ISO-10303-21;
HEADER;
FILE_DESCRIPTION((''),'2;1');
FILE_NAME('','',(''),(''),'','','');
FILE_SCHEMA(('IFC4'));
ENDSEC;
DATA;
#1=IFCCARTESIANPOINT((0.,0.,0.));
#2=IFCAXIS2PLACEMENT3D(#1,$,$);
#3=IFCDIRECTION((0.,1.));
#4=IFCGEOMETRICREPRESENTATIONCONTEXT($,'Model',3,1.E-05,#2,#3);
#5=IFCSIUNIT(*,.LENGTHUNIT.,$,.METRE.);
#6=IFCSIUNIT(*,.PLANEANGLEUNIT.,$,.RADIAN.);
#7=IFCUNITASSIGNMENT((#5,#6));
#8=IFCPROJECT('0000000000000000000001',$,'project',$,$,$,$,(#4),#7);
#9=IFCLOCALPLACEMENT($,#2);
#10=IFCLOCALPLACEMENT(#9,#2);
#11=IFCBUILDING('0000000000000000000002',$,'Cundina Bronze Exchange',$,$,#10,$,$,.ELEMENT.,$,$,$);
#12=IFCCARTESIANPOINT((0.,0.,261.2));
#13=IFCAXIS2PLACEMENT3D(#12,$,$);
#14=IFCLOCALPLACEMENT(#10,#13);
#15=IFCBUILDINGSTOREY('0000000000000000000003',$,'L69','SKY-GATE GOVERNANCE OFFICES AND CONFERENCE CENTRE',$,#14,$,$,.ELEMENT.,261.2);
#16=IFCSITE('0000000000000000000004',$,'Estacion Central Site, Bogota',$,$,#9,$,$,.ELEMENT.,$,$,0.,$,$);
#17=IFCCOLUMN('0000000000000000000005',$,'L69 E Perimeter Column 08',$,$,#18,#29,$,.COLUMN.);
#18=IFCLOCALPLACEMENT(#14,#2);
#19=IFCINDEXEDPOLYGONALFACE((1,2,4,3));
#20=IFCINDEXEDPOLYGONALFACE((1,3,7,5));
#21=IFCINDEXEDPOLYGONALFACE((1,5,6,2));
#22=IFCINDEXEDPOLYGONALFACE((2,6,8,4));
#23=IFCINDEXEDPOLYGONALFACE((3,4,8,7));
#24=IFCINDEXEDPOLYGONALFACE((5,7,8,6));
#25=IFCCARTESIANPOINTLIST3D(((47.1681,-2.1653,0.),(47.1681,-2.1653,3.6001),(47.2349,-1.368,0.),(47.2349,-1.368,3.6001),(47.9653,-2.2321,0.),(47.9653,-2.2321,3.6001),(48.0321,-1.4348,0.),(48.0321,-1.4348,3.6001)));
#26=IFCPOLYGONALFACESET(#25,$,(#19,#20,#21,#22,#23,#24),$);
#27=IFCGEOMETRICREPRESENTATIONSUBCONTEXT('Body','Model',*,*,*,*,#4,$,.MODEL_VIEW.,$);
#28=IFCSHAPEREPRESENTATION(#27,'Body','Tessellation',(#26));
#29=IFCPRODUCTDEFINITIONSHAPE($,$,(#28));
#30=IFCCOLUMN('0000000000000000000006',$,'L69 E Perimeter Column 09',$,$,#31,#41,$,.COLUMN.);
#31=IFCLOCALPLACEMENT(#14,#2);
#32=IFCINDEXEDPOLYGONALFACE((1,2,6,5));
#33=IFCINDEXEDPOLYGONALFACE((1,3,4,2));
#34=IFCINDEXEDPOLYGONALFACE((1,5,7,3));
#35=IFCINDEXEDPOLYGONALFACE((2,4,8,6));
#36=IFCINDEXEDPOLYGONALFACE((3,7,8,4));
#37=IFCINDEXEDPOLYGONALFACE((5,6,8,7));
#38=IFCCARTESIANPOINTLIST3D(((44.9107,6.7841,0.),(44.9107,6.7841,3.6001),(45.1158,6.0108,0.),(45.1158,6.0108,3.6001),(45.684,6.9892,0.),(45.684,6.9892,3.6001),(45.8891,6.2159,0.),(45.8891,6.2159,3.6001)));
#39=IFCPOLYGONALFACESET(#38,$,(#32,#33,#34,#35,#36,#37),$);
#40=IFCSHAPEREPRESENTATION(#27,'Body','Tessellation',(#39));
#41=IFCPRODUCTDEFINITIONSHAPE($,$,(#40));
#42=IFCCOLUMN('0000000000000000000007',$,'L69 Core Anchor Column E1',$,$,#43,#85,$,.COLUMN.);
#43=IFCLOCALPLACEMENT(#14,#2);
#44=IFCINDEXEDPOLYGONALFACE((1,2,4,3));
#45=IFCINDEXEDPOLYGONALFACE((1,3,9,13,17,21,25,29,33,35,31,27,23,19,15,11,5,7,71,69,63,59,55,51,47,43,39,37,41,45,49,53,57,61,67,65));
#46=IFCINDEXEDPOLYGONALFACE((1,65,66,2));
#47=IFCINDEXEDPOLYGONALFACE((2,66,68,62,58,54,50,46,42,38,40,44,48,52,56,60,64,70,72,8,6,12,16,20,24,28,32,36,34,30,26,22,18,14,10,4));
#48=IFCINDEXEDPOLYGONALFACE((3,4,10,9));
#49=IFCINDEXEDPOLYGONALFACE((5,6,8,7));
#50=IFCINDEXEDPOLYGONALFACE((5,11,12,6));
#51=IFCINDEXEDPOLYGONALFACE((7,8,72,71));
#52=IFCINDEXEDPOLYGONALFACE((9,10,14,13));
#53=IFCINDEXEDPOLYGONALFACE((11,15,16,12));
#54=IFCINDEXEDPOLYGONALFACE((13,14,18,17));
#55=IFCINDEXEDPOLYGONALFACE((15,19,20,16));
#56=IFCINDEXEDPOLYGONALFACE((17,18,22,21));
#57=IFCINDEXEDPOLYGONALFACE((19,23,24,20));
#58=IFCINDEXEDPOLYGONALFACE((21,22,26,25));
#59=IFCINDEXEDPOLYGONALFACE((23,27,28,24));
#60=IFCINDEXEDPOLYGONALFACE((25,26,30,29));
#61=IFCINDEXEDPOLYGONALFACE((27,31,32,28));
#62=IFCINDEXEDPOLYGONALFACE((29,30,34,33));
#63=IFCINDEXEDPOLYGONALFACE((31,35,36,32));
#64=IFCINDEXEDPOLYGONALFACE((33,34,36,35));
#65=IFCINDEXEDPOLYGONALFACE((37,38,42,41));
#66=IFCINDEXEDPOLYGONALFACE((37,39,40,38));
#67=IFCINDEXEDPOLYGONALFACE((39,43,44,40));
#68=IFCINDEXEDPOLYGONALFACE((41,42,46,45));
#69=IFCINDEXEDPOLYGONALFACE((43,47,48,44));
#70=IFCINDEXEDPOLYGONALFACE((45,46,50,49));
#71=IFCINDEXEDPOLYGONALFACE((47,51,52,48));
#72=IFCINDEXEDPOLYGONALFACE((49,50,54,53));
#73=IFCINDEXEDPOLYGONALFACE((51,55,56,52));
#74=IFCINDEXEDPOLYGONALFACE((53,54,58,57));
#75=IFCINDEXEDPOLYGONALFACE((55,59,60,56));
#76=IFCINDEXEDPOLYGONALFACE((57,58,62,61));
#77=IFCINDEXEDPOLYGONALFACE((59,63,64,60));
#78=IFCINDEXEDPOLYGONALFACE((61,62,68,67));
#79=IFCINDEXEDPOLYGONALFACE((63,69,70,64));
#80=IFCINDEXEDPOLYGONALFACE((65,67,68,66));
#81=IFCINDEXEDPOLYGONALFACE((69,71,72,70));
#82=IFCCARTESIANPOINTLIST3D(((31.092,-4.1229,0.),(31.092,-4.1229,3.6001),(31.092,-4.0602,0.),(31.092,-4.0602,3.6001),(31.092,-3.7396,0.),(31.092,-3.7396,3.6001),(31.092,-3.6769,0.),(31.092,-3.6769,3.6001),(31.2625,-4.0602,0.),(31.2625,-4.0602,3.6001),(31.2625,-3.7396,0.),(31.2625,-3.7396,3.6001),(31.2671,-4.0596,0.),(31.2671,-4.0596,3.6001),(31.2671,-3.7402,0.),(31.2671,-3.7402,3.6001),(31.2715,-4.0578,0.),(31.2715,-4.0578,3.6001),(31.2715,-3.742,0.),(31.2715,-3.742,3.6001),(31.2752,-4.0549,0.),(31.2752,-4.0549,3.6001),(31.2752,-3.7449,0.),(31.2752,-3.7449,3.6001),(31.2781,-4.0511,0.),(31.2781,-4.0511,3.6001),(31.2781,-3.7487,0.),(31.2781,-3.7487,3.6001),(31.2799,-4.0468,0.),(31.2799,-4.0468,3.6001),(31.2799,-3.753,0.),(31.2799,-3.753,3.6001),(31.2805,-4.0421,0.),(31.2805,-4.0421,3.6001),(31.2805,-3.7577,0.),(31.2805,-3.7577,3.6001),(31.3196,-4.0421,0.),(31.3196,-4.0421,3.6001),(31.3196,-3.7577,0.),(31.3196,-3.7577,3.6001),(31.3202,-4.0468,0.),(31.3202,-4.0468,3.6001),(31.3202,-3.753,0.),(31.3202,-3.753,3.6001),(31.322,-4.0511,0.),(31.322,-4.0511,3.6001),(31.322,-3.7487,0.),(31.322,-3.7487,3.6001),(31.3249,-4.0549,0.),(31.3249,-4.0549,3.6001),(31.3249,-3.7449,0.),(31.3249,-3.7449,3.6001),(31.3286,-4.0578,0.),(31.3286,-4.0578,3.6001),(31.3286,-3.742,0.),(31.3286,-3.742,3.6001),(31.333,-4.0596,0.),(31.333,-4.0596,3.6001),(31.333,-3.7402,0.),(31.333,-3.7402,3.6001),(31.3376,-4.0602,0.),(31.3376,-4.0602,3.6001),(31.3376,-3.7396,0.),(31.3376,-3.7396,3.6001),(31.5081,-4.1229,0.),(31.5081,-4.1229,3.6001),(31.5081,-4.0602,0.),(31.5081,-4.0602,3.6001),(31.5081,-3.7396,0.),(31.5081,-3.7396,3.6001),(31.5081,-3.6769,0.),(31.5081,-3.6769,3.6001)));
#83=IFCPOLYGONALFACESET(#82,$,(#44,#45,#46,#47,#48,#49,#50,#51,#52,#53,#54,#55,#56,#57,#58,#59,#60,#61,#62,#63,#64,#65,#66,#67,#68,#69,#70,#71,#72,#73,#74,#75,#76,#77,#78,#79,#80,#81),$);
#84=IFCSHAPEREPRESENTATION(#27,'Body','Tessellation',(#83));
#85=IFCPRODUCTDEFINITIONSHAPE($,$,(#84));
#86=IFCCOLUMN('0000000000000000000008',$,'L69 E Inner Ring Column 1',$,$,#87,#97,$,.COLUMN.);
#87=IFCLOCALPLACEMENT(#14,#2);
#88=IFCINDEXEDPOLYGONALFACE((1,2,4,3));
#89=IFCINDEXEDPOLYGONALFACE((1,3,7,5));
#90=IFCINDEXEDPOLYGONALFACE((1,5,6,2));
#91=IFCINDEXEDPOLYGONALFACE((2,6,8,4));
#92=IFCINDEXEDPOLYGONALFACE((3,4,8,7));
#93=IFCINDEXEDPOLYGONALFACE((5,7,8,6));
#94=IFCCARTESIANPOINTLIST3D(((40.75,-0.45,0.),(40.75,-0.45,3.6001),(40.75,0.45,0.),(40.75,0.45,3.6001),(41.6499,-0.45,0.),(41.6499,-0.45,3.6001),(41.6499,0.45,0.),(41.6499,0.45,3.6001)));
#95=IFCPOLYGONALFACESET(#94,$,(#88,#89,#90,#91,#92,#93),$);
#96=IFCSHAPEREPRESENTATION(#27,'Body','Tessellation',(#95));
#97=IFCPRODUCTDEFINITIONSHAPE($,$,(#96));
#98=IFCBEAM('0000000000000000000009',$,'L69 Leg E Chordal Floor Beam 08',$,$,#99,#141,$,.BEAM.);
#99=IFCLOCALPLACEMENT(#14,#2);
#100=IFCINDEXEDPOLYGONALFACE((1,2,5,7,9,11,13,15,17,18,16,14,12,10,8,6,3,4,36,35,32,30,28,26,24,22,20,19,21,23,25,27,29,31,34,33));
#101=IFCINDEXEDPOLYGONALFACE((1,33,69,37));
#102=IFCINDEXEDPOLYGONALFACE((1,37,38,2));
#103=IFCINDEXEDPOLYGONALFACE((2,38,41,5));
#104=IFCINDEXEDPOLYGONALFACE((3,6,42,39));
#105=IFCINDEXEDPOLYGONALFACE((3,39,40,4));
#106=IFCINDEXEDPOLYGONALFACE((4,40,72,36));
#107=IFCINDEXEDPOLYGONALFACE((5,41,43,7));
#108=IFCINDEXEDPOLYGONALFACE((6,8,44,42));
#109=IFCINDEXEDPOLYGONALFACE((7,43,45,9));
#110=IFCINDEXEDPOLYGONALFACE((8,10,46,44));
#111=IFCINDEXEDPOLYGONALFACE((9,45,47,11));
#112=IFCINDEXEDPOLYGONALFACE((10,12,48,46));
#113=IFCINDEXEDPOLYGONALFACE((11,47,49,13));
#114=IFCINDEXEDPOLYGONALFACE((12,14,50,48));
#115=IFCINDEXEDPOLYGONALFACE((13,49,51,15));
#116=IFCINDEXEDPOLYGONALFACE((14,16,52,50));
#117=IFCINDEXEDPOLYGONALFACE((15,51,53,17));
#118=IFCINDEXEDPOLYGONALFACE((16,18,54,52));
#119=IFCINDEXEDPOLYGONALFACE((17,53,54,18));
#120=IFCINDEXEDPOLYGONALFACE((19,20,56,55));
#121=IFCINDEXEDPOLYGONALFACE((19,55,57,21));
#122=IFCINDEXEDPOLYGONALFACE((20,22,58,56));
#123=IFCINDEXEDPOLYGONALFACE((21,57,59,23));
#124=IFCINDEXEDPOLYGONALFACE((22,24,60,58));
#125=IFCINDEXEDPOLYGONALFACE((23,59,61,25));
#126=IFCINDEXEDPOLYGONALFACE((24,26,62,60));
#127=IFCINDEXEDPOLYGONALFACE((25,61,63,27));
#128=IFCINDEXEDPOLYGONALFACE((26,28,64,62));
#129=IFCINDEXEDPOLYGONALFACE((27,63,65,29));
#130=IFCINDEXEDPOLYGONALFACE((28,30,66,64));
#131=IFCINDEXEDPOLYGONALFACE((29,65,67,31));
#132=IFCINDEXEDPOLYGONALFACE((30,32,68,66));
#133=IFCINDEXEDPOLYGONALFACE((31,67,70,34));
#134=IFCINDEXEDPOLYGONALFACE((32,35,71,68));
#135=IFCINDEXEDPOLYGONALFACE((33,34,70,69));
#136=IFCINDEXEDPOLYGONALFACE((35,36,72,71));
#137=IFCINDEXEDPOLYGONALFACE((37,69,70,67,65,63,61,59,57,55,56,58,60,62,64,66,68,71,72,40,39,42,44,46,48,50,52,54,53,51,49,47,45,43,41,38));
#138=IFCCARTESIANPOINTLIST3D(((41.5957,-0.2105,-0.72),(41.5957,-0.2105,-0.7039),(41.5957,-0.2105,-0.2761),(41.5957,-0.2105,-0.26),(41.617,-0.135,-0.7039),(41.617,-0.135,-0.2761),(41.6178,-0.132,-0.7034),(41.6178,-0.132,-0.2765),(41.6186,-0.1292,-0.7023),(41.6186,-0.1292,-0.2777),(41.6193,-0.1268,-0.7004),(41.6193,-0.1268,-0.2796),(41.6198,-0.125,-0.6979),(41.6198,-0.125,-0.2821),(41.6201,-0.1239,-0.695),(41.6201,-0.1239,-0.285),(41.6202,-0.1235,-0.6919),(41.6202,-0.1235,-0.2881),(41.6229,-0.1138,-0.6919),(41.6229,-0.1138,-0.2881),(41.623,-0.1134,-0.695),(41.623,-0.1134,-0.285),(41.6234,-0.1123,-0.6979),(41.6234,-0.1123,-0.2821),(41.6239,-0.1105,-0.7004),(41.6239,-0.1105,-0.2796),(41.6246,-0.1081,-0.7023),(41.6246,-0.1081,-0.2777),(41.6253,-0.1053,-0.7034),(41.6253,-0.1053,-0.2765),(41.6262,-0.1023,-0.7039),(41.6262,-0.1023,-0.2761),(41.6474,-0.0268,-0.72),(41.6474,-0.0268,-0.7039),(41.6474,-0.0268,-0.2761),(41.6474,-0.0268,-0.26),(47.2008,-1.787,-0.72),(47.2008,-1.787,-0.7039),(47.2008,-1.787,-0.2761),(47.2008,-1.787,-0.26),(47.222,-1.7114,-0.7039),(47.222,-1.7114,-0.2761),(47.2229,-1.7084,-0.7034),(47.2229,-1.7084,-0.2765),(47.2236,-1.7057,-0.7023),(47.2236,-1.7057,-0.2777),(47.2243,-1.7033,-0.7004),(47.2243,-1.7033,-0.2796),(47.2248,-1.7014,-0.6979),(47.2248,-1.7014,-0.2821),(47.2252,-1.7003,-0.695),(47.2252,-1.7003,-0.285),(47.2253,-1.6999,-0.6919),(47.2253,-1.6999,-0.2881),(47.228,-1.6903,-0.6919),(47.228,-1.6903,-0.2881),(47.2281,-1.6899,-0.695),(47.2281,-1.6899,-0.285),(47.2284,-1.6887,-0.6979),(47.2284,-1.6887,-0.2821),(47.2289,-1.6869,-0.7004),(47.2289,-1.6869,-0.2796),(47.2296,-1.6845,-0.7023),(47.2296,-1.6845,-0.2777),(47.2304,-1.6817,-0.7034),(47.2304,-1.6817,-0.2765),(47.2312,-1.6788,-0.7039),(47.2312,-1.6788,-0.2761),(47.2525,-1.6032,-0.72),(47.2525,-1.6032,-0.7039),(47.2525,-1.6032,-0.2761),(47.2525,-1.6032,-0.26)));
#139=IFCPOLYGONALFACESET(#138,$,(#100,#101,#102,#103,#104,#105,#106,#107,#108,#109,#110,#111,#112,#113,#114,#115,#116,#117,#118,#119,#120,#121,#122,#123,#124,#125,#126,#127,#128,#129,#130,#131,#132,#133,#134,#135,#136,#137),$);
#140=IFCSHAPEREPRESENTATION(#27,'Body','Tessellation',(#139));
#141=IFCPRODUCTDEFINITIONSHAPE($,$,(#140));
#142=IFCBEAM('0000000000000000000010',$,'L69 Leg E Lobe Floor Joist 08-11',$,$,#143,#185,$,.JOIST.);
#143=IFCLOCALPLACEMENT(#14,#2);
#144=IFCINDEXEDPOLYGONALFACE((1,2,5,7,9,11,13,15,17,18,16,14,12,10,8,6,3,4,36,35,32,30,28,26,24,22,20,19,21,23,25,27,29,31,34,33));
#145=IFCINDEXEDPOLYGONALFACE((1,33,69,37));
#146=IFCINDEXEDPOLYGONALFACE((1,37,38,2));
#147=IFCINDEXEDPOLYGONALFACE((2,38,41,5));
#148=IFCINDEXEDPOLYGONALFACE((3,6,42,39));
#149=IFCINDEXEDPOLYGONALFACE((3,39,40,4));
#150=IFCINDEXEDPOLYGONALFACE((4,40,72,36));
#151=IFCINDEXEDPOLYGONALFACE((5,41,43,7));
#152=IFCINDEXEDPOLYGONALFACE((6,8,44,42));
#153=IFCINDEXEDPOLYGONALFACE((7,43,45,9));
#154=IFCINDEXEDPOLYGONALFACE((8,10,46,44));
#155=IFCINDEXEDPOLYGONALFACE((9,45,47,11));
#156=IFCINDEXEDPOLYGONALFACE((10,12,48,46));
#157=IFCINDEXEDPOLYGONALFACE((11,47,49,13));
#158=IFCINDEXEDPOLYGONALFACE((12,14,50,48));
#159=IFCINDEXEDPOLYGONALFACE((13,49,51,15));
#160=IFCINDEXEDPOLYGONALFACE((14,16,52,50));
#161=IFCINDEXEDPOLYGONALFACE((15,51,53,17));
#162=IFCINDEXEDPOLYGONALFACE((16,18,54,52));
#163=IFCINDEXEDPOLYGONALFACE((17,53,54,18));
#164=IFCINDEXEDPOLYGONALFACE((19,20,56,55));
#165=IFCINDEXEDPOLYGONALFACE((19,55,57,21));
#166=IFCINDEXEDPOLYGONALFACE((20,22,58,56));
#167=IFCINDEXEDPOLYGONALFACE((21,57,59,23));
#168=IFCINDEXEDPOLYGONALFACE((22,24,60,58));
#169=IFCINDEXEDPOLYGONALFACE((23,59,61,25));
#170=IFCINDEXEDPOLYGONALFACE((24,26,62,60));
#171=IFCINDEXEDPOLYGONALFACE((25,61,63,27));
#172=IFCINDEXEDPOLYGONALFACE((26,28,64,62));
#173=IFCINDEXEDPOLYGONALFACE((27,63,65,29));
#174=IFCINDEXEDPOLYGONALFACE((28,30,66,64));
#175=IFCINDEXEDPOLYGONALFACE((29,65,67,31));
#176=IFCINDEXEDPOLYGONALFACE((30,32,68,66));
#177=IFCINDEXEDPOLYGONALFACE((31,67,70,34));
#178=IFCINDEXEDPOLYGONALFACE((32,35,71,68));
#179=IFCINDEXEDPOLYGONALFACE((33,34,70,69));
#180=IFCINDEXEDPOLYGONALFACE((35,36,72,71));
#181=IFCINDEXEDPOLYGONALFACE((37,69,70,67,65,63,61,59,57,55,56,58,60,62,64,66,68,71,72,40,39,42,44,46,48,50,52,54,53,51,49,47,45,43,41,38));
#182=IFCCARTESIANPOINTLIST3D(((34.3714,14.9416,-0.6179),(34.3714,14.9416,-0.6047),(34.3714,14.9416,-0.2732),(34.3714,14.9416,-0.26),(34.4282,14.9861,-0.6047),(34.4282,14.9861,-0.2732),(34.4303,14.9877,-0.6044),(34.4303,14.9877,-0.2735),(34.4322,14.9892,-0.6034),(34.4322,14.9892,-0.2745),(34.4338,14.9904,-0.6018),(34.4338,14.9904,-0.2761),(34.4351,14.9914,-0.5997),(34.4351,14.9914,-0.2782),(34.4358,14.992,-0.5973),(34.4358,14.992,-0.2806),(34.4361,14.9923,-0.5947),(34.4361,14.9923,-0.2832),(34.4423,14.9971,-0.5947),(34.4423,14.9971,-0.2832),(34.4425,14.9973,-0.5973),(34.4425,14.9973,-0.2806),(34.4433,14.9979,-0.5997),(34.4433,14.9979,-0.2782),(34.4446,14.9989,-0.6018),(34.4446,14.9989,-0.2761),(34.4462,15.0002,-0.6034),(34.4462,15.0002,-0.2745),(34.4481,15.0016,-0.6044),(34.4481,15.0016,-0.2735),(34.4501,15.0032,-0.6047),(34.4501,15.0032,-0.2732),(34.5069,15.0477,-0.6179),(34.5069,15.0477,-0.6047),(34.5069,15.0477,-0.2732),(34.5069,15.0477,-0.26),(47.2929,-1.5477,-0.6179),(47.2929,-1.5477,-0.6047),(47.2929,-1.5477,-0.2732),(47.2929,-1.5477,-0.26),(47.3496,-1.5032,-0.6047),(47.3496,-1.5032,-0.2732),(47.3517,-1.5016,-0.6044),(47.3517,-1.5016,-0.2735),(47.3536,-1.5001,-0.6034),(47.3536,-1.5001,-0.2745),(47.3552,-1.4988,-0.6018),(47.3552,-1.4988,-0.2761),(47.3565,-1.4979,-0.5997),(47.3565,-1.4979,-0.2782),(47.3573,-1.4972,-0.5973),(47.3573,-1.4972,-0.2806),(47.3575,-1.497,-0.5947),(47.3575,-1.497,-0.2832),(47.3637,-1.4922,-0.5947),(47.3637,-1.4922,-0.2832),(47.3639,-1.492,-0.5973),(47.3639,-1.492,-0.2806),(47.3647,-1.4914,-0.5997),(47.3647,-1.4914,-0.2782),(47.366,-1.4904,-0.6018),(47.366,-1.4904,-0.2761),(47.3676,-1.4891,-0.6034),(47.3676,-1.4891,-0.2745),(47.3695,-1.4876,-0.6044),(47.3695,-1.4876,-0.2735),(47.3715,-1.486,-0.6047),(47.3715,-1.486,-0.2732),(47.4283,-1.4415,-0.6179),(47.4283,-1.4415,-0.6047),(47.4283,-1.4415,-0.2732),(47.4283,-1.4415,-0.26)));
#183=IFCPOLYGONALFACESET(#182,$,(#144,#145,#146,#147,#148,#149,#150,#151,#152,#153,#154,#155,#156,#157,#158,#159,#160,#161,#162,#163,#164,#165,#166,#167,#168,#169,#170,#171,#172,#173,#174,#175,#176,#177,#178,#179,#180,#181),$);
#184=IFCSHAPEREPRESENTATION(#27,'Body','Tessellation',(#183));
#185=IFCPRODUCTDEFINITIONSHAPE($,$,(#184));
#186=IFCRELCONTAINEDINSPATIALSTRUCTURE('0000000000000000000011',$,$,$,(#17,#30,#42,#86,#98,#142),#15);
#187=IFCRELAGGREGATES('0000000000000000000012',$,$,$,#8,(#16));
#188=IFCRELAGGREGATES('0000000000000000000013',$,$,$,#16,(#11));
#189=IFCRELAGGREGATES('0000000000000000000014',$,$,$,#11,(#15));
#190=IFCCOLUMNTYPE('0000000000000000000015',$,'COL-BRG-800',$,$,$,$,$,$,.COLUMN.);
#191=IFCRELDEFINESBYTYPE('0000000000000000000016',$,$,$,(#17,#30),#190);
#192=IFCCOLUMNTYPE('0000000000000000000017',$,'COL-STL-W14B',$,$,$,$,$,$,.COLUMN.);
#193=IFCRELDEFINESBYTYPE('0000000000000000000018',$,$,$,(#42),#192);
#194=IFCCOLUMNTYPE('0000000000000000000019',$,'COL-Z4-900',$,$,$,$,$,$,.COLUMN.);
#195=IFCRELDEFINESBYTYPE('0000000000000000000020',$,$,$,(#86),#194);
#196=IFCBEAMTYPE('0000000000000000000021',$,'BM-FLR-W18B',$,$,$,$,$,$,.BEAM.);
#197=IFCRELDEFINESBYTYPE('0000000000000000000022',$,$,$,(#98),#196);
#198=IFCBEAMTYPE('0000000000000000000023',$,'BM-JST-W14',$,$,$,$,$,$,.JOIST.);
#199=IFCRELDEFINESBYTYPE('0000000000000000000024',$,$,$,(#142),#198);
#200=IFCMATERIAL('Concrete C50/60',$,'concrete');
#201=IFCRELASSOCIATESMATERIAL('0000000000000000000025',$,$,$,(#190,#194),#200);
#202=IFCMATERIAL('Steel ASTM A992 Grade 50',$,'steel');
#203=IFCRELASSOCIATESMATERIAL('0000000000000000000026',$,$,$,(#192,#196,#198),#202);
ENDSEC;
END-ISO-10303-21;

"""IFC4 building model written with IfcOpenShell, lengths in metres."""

from ifc_helpers import new_model, si_unit, direction, frame, origin, origin_2d, place, context, subcontext, project, spatial, rectangle, i_section, extrude, material, material_profile, profile_set, type_object, element, save


model = new_model("IFC4")

# Units and contexts
model_context = context("Model", 3, precision=1e-05, world=origin(), true_north=direction((0.0, 1.0)))
body_context = subcontext(model_context, "Body", "Model", "MODEL_VIEW")
ifc_project = project(units=[si_unit("LENGTHUNIT", "METRE"), si_unit("PLANEANGLEUNIT", "RADIAN")], contexts=[model_context])

# Site, building, storey
site_placement = place(None, origin())
site = spatial("IfcSite", under=ifc_project, at=site_placement, Name="Estacion Central Site, Bogota", CompositionType="ELEMENT", RefElevation=0.0)
building_placement = place(site_placement, origin())
building = spatial("IfcBuilding", under=site, at=building_placement, Name="Cundina Bronze Exchange", CompositionType="ELEMENT")
storey_placement = place(building_placement, frame((0.0, 0.0, 261.2)))
storey = spatial("IfcBuildingStorey", under=building, at=storey_placement, Name="L69", Description="SKY-GATE GOVERNANCE OFFICES AND CONFERENCE CENTRE", CompositionType="ELEMENT", Elevation=261.2)

# Columns
ifc_material_1 = material(Name="Concrete C50/60", Category="concrete")
ifc_material_profile_1 = material_profile(ifc_material_1, rectangle(XDim=0.8, YDim=0.8, at=origin_2d()), Name="RC800X800", Category="concrete")
ifc_profile_set_1 = profile_set([ifc_material_profile_1], Name="Concrete C50/60")
column_type_1 = type_object("IfcColumnType", Name="COL-BRG-800", PredefinedType="COLUMN", material=ifc_profile_set_1)
for number, where, z_axis, x_axis, name in (
    (1, (47.6001, -1.8, 0.0), (0.0, 0.0, 1.0), (0.083504, 0.996507, 0.0), "L69 E Perimeter Column 08"),
    (2, (45.3999, 6.5, 0.0), (0.0, 0.0, 1.0), (-0.256289, 0.9666, 0.0), "L69 E Perimeter Column 09"),
):
    element("IfcColumn", number, at=place(storey_placement, frame(where, z_axis=z_axis, x_axis=x_axis)), inside=storey, type_object=column_type_1, Name=name, PredefinedType="COLUMN", context=body_context, shape_type="SweptSolid", body=[
        extrude(rectangle(XDim=0.8, YDim=0.8, at=origin_2d()), origin(), (0.0, 0.0, 1.0), 3.6001),
    ])
ifc_material_2 = material(Name="Steel ASTM A992 Grade 50", Category="steel")
ifc_material_profile_2 = material_profile(ifc_material_2, i_section(OverallWidth=0.416, OverallDepth=0.446, WebThickness=0.0391, FlangeThickness=0.0627, FilletRadius=0.0181, at=origin_2d()), Name="W14X342", Category="steel")
ifc_profile_set_2 = profile_set([ifc_material_profile_2], Name="Steel ASTM A992 Grade 50")
column_type_2 = type_object("IfcColumnType", Name="COL-STL-W14B", PredefinedType="COLUMN", material=ifc_profile_set_2)
column_1_placement = place(storey_placement, frame((31.3, -3.8999, 0.0), z_axis=(0.0, 0.0, 1.0), x_axis=(1.0, 0.0, 0.0)))
element("IfcColumn", 3, at=column_1_placement, inside=storey, type_object=column_type_2, Name="L69 Core Anchor Column E1", PredefinedType="COLUMN", context=body_context, shape_type="SweptSolid", body=[
    extrude(i_section(OverallWidth=0.416, OverallDepth=0.446, WebThickness=0.0391, FlangeThickness=0.0627, FilletRadius=0.0181, at=origin_2d()), origin(), (0.0, 0.0, 1.0), 3.6001),
])
ifc_material_profile_3 = material_profile(ifc_material_1, rectangle(XDim=0.8999, YDim=0.8999, at=origin_2d()), Name="RC900X900", Category="concrete")
ifc_profile_set_3 = profile_set([ifc_material_profile_3], Name="Concrete C50/60")
column_type_3 = type_object("IfcColumnType", Name="COL-Z4-900", PredefinedType="COLUMN", material=ifc_profile_set_3)
column_2_placement = place(storey_placement, frame((41.2, 0.0, 0.0), z_axis=(0.0, 0.0, 1.0), x_axis=(1.0, 0.0, 0.0)))
element("IfcColumn", 4, at=column_2_placement, inside=storey, type_object=column_type_3, Name="L69 E Inner Ring Column 1", PredefinedType="COLUMN", context=body_context, shape_type="SweptSolid", body=[
    extrude(rectangle(XDim=0.8999, YDim=0.8999, at=origin_2d()), origin(), (0.0, 0.0, 1.0), 3.6001),
])

# Beams
ifc_material_profile_4 = material_profile(ifc_material_2, i_section(OverallWidth=0.1909, OverallDepth=0.46, WebThickness=0.01, FlangeThickness=0.0161, FilletRadius=0.012, at=origin_2d()), Name="W18X55", Category="steel")
ifc_profile_set_4 = profile_set([ifc_material_profile_4], Name="Steel ASTM A992 Grade 50")
beam_type_1 = type_object("IfcBeamType", Name="BM-FLR-W18B", PredefinedType="BEAM", material=ifc_profile_set_4)
beam_1_placement = place(storey_placement, frame((41.6216, -0.1187, -0.49), z_axis=(0.96265, -0.270748, 0.0), x_axis=(0.270748, 0.96265, 0.0)))
element("IfcBeam", 5, at=beam_1_placement, inside=storey, type_object=beam_type_1, Name="L69 Leg E Chordal Floor Beam 08", PredefinedType="BEAM", context=body_context, shape_type="SweptSolid", body=[
    extrude(i_section(OverallWidth=0.1909, OverallDepth=0.46, WebThickness=0.01, FlangeThickness=0.0161, FilletRadius=0.012, at=origin_2d()), origin(), (0.0, 0.0, 1.0), 5.8225),
])
ifc_material_profile_5 = material_profile(ifc_material_2, i_section(OverallWidth=0.1721, OverallDepth=0.3579, WebThickness=0.0078, FlangeThickness=0.0132, FilletRadius=0.01, at=origin_2d()), Name="W14X38", Category="steel")
ifc_profile_set_5 = profile_set([ifc_material_profile_5], Name="Steel ASTM A992 Grade 50")
beam_type_2 = type_object("IfcBeamType", Name="BM-JST-W14", PredefinedType="JOIST", material=ifc_profile_set_5)
beam_2_placement = place(storey_placement, frame((47.3606, -1.4946, -0.439), z_axis=(-0.616804, 0.787117, 0.0), x_axis=(-0.787117, -0.616804, 0.0)))
element("IfcBeam", 6, at=beam_2_placement, inside=storey, type_object=beam_type_2, Name="L69 Leg E Lobe Floor Joist 08-11", PredefinedType="JOIST", context=body_context, shape_type="SweptSolid", body=[
    extrude(i_section(OverallWidth=0.1721, OverallDepth=0.3579, WebThickness=0.0078, FlangeThickness=0.0132, FilletRadius=0.01, at=origin_2d()), origin(), (0.0, 0.0, 1.0), 20.949),
])

save(model, "model.ifc")
